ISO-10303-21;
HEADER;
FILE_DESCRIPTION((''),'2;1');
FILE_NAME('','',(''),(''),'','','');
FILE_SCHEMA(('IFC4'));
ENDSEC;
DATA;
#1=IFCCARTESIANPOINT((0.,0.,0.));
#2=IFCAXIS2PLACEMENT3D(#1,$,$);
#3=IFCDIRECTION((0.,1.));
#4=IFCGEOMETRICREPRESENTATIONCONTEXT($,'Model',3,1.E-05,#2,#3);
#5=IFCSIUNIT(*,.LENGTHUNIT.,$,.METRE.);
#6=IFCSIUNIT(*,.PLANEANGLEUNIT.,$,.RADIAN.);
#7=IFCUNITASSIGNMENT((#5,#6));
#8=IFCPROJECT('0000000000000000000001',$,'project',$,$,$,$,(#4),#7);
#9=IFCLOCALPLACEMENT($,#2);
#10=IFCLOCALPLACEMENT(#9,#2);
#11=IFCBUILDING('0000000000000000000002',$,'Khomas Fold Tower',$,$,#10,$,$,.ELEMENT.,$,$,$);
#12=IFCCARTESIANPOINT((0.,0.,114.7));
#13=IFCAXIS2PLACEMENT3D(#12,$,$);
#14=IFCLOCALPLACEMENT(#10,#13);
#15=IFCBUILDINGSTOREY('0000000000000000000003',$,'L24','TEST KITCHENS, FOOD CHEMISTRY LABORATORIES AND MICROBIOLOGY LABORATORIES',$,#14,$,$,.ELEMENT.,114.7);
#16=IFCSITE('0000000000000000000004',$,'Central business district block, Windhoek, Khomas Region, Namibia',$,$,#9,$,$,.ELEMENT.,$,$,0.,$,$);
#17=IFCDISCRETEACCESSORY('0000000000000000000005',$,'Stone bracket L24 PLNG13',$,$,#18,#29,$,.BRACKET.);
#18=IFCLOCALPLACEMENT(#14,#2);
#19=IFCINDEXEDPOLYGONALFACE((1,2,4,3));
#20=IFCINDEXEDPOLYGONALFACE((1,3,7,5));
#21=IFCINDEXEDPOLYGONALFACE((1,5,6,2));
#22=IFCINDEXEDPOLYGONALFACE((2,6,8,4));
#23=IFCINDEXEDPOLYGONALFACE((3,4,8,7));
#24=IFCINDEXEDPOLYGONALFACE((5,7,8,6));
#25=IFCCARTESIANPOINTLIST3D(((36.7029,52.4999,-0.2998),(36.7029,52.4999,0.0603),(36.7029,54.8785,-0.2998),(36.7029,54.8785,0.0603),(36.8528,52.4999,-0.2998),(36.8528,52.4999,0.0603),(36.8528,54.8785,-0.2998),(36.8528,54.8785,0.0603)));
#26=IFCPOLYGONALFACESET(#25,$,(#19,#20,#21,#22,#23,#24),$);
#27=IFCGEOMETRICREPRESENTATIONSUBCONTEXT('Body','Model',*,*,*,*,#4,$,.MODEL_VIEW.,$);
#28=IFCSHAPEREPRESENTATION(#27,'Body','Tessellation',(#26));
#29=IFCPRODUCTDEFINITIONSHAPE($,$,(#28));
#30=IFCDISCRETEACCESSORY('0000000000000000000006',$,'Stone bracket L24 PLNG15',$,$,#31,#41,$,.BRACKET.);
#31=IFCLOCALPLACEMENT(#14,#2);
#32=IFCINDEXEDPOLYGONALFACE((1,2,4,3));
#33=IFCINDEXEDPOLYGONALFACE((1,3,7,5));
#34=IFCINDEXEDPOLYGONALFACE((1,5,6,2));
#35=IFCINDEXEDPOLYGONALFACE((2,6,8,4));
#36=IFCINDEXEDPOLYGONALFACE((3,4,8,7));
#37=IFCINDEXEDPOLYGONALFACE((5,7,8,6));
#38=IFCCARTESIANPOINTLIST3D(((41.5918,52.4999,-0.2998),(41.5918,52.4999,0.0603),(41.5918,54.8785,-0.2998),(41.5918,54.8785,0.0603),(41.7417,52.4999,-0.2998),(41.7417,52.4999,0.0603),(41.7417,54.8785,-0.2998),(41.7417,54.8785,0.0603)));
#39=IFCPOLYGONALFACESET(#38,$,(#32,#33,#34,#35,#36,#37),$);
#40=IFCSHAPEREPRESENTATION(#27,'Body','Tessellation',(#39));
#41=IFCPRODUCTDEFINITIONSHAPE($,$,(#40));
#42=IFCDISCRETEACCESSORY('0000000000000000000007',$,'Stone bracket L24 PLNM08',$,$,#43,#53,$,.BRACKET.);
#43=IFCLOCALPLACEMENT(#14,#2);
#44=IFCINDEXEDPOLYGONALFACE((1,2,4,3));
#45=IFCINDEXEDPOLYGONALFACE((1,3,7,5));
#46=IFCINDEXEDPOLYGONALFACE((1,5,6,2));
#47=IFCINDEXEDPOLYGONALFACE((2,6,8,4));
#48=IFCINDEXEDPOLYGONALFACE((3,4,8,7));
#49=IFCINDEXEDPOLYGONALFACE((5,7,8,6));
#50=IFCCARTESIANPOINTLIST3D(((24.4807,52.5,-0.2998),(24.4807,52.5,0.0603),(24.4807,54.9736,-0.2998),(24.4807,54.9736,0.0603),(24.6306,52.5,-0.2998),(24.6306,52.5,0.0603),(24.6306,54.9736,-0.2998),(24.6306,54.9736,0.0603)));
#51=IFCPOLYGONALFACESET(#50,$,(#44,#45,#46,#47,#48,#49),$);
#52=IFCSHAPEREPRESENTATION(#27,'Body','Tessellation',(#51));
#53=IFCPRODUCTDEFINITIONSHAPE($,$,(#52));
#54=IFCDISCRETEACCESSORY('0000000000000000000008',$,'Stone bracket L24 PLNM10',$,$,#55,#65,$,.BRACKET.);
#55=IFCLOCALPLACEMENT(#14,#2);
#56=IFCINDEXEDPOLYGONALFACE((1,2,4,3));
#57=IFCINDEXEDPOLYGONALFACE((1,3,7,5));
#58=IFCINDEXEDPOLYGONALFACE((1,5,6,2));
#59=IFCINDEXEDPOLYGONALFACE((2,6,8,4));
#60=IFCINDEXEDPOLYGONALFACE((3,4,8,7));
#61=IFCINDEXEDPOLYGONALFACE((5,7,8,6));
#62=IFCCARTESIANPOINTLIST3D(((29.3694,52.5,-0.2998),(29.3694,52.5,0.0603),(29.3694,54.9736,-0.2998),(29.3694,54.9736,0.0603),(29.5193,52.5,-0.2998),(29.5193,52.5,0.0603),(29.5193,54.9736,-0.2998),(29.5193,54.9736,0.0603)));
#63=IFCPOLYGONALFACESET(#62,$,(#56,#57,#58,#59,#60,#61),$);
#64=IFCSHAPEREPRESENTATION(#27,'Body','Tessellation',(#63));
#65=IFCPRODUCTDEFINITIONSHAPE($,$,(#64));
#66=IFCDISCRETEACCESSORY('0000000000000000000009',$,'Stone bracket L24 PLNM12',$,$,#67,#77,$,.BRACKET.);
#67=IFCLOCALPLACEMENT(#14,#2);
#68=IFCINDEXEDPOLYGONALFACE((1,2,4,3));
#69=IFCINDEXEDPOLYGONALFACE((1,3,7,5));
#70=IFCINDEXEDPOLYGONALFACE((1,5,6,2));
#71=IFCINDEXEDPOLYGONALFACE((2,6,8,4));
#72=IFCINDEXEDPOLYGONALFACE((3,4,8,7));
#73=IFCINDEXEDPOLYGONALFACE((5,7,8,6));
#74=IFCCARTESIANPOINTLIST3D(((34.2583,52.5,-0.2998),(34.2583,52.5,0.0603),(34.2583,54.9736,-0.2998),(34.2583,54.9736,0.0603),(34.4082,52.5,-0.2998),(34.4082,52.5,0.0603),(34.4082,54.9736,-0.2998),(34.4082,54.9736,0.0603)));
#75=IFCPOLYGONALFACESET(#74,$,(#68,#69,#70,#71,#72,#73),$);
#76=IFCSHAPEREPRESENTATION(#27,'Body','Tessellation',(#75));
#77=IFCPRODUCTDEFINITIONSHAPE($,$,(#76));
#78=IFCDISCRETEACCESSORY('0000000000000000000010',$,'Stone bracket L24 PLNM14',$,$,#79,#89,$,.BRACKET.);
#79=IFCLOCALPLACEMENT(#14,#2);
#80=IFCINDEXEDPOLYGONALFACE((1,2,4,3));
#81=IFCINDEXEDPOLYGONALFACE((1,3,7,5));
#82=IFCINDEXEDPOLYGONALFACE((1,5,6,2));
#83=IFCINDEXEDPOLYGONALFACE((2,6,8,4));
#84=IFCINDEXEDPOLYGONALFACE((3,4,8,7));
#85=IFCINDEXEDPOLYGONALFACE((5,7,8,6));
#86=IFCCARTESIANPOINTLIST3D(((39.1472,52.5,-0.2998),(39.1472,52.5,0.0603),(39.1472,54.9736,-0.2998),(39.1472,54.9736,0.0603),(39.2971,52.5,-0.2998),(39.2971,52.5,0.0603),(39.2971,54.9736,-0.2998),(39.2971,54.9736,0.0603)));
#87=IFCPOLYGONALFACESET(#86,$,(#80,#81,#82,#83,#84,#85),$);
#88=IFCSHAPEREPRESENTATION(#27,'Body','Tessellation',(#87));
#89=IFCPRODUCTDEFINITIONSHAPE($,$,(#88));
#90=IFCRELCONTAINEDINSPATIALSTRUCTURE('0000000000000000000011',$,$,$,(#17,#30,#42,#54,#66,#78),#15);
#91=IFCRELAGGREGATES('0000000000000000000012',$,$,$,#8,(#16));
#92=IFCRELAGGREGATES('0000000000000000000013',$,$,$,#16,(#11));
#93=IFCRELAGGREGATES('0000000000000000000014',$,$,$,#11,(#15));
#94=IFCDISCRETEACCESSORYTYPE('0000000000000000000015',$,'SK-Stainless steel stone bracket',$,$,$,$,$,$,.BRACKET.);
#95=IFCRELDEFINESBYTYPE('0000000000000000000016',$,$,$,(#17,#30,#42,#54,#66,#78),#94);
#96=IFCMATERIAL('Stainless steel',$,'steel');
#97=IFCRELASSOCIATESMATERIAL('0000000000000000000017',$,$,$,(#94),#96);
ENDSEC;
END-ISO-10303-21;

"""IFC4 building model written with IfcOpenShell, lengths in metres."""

from ifc_helpers import new_model, si_unit, direction, frame, origin, origin_2d, place, context, subcontext, project, spatial, rectangle, extrude, source, transform, mapped, material, type_object, element, save


model = new_model("IFC4")

# Units and contexts
model_context = context("Model", 3, precision=1e-05, world=origin(), true_north=direction((0.0, 1.0)))
body_context = subcontext(model_context, "Body", "Model", "MODEL_VIEW")
ifc_project = project(units=[si_unit("LENGTHUNIT", "METRE"), si_unit("PLANEANGLEUNIT", "RADIAN")], contexts=[model_context])

# Site, building, storey
site_placement = place(None, origin())
site = spatial("IfcSite", under=ifc_project, at=site_placement, Name="Central business district block, Windhoek, Khomas Region, Namibia", CompositionType="ELEMENT", RefElevation=0.0)
building_placement = place(site_placement, origin())
building = spatial("IfcBuilding", under=site, at=building_placement, Name="Khomas Fold Tower", CompositionType="ELEMENT")
storey_placement = place(building_placement, frame((0.0, 0.0, 114.7)))
storey = spatial("IfcBuildingStorey", under=building, at=storey_placement, Name="L24", Description="TEST KITCHENS, FOOD CHEMISTRY LABORATORIES AND MICROBIOLOGY LABORATORIES", CompositionType="ELEMENT", Elevation=114.7)

# Discrete accessories
ifc_material_1 = material(Name="Stainless steel", Category="steel")
discrete_accessory_type = type_object("IfcDiscreteAccessoryType", Name="SK-Stainless steel stone bracket", PredefinedType="BRACKET", material=ifc_material_1)
shared_shape_1 = source(origin(), body_context, "Body", "SweptSolid", [
    extrude(rectangle(XDim=2.3787, YDim=0.1499, at=origin_2d()), origin(), (0.0, 0.0, 1.0), 0.3601),
])
for number, where, z_axis, x_axis, name in (
    (1, (36.7778, 53.6892, -0.2998), (0.0, 0.0, 1.0), (0.0, 1.0, 0.0), "Stone bracket L24 PLNG13"),
    (2, (41.6667, 53.6892, -0.2998), (0.0, 0.0, 1.0), (0.0, 1.0, 0.0), "Stone bracket L24 PLNG15"),
):
    element("IfcDiscreteAccessory", number, at=place(storey_placement, frame(where, z_axis=z_axis, x_axis=x_axis)), inside=storey, type_object=discrete_accessory_type, Name=name, PredefinedType="BRACKET", context=body_context, shape_type="MappedRepresentation", body=[
        mapped(shared_shape_1, transform((0.0, 0.0, 0.0))),
    ])
shared_shape_2 = source(origin(), body_context, "Body", "SweptSolid", [
    extrude(rectangle(XDim=2.4736, YDim=0.1499, at=origin_2d()), origin(), (0.0, 0.0, 1.0), 0.3601),
])
for number, where, z_axis, x_axis, name in (
    (3, (24.5557, 53.7368, -0.2998), (0.0, 0.0, 1.0), (0.0, 1.0, 0.0), "Stone bracket L24 PLNM08"),
    (4, (29.4443, 53.7368, -0.2998), (0.0, 0.0, 1.0), (0.0, 1.0, 0.0), "Stone bracket L24 PLNM10"),
    (5, (34.3333, 53.7368, -0.2998), (0.0, 0.0, 1.0), (0.0, 1.0, 0.0), "Stone bracket L24 PLNM12"),
    (6, (39.2222, 53.7368, -0.2998), (0.0, 0.0, 1.0), (0.0, 1.0, 0.0), "Stone bracket L24 PLNM14"),
):
    element("IfcDiscreteAccessory", number, at=place(storey_placement, frame(where, z_axis=z_axis, x_axis=x_axis)), inside=storey, type_object=discrete_accessory_type, Name=name, PredefinedType="BRACKET", context=body_context, shape_type="MappedRepresentation", body=[
        mapped(shared_shape_2, transform((0.0, 0.0, 0.0))),
    ])

save(model, "model.ifc")
